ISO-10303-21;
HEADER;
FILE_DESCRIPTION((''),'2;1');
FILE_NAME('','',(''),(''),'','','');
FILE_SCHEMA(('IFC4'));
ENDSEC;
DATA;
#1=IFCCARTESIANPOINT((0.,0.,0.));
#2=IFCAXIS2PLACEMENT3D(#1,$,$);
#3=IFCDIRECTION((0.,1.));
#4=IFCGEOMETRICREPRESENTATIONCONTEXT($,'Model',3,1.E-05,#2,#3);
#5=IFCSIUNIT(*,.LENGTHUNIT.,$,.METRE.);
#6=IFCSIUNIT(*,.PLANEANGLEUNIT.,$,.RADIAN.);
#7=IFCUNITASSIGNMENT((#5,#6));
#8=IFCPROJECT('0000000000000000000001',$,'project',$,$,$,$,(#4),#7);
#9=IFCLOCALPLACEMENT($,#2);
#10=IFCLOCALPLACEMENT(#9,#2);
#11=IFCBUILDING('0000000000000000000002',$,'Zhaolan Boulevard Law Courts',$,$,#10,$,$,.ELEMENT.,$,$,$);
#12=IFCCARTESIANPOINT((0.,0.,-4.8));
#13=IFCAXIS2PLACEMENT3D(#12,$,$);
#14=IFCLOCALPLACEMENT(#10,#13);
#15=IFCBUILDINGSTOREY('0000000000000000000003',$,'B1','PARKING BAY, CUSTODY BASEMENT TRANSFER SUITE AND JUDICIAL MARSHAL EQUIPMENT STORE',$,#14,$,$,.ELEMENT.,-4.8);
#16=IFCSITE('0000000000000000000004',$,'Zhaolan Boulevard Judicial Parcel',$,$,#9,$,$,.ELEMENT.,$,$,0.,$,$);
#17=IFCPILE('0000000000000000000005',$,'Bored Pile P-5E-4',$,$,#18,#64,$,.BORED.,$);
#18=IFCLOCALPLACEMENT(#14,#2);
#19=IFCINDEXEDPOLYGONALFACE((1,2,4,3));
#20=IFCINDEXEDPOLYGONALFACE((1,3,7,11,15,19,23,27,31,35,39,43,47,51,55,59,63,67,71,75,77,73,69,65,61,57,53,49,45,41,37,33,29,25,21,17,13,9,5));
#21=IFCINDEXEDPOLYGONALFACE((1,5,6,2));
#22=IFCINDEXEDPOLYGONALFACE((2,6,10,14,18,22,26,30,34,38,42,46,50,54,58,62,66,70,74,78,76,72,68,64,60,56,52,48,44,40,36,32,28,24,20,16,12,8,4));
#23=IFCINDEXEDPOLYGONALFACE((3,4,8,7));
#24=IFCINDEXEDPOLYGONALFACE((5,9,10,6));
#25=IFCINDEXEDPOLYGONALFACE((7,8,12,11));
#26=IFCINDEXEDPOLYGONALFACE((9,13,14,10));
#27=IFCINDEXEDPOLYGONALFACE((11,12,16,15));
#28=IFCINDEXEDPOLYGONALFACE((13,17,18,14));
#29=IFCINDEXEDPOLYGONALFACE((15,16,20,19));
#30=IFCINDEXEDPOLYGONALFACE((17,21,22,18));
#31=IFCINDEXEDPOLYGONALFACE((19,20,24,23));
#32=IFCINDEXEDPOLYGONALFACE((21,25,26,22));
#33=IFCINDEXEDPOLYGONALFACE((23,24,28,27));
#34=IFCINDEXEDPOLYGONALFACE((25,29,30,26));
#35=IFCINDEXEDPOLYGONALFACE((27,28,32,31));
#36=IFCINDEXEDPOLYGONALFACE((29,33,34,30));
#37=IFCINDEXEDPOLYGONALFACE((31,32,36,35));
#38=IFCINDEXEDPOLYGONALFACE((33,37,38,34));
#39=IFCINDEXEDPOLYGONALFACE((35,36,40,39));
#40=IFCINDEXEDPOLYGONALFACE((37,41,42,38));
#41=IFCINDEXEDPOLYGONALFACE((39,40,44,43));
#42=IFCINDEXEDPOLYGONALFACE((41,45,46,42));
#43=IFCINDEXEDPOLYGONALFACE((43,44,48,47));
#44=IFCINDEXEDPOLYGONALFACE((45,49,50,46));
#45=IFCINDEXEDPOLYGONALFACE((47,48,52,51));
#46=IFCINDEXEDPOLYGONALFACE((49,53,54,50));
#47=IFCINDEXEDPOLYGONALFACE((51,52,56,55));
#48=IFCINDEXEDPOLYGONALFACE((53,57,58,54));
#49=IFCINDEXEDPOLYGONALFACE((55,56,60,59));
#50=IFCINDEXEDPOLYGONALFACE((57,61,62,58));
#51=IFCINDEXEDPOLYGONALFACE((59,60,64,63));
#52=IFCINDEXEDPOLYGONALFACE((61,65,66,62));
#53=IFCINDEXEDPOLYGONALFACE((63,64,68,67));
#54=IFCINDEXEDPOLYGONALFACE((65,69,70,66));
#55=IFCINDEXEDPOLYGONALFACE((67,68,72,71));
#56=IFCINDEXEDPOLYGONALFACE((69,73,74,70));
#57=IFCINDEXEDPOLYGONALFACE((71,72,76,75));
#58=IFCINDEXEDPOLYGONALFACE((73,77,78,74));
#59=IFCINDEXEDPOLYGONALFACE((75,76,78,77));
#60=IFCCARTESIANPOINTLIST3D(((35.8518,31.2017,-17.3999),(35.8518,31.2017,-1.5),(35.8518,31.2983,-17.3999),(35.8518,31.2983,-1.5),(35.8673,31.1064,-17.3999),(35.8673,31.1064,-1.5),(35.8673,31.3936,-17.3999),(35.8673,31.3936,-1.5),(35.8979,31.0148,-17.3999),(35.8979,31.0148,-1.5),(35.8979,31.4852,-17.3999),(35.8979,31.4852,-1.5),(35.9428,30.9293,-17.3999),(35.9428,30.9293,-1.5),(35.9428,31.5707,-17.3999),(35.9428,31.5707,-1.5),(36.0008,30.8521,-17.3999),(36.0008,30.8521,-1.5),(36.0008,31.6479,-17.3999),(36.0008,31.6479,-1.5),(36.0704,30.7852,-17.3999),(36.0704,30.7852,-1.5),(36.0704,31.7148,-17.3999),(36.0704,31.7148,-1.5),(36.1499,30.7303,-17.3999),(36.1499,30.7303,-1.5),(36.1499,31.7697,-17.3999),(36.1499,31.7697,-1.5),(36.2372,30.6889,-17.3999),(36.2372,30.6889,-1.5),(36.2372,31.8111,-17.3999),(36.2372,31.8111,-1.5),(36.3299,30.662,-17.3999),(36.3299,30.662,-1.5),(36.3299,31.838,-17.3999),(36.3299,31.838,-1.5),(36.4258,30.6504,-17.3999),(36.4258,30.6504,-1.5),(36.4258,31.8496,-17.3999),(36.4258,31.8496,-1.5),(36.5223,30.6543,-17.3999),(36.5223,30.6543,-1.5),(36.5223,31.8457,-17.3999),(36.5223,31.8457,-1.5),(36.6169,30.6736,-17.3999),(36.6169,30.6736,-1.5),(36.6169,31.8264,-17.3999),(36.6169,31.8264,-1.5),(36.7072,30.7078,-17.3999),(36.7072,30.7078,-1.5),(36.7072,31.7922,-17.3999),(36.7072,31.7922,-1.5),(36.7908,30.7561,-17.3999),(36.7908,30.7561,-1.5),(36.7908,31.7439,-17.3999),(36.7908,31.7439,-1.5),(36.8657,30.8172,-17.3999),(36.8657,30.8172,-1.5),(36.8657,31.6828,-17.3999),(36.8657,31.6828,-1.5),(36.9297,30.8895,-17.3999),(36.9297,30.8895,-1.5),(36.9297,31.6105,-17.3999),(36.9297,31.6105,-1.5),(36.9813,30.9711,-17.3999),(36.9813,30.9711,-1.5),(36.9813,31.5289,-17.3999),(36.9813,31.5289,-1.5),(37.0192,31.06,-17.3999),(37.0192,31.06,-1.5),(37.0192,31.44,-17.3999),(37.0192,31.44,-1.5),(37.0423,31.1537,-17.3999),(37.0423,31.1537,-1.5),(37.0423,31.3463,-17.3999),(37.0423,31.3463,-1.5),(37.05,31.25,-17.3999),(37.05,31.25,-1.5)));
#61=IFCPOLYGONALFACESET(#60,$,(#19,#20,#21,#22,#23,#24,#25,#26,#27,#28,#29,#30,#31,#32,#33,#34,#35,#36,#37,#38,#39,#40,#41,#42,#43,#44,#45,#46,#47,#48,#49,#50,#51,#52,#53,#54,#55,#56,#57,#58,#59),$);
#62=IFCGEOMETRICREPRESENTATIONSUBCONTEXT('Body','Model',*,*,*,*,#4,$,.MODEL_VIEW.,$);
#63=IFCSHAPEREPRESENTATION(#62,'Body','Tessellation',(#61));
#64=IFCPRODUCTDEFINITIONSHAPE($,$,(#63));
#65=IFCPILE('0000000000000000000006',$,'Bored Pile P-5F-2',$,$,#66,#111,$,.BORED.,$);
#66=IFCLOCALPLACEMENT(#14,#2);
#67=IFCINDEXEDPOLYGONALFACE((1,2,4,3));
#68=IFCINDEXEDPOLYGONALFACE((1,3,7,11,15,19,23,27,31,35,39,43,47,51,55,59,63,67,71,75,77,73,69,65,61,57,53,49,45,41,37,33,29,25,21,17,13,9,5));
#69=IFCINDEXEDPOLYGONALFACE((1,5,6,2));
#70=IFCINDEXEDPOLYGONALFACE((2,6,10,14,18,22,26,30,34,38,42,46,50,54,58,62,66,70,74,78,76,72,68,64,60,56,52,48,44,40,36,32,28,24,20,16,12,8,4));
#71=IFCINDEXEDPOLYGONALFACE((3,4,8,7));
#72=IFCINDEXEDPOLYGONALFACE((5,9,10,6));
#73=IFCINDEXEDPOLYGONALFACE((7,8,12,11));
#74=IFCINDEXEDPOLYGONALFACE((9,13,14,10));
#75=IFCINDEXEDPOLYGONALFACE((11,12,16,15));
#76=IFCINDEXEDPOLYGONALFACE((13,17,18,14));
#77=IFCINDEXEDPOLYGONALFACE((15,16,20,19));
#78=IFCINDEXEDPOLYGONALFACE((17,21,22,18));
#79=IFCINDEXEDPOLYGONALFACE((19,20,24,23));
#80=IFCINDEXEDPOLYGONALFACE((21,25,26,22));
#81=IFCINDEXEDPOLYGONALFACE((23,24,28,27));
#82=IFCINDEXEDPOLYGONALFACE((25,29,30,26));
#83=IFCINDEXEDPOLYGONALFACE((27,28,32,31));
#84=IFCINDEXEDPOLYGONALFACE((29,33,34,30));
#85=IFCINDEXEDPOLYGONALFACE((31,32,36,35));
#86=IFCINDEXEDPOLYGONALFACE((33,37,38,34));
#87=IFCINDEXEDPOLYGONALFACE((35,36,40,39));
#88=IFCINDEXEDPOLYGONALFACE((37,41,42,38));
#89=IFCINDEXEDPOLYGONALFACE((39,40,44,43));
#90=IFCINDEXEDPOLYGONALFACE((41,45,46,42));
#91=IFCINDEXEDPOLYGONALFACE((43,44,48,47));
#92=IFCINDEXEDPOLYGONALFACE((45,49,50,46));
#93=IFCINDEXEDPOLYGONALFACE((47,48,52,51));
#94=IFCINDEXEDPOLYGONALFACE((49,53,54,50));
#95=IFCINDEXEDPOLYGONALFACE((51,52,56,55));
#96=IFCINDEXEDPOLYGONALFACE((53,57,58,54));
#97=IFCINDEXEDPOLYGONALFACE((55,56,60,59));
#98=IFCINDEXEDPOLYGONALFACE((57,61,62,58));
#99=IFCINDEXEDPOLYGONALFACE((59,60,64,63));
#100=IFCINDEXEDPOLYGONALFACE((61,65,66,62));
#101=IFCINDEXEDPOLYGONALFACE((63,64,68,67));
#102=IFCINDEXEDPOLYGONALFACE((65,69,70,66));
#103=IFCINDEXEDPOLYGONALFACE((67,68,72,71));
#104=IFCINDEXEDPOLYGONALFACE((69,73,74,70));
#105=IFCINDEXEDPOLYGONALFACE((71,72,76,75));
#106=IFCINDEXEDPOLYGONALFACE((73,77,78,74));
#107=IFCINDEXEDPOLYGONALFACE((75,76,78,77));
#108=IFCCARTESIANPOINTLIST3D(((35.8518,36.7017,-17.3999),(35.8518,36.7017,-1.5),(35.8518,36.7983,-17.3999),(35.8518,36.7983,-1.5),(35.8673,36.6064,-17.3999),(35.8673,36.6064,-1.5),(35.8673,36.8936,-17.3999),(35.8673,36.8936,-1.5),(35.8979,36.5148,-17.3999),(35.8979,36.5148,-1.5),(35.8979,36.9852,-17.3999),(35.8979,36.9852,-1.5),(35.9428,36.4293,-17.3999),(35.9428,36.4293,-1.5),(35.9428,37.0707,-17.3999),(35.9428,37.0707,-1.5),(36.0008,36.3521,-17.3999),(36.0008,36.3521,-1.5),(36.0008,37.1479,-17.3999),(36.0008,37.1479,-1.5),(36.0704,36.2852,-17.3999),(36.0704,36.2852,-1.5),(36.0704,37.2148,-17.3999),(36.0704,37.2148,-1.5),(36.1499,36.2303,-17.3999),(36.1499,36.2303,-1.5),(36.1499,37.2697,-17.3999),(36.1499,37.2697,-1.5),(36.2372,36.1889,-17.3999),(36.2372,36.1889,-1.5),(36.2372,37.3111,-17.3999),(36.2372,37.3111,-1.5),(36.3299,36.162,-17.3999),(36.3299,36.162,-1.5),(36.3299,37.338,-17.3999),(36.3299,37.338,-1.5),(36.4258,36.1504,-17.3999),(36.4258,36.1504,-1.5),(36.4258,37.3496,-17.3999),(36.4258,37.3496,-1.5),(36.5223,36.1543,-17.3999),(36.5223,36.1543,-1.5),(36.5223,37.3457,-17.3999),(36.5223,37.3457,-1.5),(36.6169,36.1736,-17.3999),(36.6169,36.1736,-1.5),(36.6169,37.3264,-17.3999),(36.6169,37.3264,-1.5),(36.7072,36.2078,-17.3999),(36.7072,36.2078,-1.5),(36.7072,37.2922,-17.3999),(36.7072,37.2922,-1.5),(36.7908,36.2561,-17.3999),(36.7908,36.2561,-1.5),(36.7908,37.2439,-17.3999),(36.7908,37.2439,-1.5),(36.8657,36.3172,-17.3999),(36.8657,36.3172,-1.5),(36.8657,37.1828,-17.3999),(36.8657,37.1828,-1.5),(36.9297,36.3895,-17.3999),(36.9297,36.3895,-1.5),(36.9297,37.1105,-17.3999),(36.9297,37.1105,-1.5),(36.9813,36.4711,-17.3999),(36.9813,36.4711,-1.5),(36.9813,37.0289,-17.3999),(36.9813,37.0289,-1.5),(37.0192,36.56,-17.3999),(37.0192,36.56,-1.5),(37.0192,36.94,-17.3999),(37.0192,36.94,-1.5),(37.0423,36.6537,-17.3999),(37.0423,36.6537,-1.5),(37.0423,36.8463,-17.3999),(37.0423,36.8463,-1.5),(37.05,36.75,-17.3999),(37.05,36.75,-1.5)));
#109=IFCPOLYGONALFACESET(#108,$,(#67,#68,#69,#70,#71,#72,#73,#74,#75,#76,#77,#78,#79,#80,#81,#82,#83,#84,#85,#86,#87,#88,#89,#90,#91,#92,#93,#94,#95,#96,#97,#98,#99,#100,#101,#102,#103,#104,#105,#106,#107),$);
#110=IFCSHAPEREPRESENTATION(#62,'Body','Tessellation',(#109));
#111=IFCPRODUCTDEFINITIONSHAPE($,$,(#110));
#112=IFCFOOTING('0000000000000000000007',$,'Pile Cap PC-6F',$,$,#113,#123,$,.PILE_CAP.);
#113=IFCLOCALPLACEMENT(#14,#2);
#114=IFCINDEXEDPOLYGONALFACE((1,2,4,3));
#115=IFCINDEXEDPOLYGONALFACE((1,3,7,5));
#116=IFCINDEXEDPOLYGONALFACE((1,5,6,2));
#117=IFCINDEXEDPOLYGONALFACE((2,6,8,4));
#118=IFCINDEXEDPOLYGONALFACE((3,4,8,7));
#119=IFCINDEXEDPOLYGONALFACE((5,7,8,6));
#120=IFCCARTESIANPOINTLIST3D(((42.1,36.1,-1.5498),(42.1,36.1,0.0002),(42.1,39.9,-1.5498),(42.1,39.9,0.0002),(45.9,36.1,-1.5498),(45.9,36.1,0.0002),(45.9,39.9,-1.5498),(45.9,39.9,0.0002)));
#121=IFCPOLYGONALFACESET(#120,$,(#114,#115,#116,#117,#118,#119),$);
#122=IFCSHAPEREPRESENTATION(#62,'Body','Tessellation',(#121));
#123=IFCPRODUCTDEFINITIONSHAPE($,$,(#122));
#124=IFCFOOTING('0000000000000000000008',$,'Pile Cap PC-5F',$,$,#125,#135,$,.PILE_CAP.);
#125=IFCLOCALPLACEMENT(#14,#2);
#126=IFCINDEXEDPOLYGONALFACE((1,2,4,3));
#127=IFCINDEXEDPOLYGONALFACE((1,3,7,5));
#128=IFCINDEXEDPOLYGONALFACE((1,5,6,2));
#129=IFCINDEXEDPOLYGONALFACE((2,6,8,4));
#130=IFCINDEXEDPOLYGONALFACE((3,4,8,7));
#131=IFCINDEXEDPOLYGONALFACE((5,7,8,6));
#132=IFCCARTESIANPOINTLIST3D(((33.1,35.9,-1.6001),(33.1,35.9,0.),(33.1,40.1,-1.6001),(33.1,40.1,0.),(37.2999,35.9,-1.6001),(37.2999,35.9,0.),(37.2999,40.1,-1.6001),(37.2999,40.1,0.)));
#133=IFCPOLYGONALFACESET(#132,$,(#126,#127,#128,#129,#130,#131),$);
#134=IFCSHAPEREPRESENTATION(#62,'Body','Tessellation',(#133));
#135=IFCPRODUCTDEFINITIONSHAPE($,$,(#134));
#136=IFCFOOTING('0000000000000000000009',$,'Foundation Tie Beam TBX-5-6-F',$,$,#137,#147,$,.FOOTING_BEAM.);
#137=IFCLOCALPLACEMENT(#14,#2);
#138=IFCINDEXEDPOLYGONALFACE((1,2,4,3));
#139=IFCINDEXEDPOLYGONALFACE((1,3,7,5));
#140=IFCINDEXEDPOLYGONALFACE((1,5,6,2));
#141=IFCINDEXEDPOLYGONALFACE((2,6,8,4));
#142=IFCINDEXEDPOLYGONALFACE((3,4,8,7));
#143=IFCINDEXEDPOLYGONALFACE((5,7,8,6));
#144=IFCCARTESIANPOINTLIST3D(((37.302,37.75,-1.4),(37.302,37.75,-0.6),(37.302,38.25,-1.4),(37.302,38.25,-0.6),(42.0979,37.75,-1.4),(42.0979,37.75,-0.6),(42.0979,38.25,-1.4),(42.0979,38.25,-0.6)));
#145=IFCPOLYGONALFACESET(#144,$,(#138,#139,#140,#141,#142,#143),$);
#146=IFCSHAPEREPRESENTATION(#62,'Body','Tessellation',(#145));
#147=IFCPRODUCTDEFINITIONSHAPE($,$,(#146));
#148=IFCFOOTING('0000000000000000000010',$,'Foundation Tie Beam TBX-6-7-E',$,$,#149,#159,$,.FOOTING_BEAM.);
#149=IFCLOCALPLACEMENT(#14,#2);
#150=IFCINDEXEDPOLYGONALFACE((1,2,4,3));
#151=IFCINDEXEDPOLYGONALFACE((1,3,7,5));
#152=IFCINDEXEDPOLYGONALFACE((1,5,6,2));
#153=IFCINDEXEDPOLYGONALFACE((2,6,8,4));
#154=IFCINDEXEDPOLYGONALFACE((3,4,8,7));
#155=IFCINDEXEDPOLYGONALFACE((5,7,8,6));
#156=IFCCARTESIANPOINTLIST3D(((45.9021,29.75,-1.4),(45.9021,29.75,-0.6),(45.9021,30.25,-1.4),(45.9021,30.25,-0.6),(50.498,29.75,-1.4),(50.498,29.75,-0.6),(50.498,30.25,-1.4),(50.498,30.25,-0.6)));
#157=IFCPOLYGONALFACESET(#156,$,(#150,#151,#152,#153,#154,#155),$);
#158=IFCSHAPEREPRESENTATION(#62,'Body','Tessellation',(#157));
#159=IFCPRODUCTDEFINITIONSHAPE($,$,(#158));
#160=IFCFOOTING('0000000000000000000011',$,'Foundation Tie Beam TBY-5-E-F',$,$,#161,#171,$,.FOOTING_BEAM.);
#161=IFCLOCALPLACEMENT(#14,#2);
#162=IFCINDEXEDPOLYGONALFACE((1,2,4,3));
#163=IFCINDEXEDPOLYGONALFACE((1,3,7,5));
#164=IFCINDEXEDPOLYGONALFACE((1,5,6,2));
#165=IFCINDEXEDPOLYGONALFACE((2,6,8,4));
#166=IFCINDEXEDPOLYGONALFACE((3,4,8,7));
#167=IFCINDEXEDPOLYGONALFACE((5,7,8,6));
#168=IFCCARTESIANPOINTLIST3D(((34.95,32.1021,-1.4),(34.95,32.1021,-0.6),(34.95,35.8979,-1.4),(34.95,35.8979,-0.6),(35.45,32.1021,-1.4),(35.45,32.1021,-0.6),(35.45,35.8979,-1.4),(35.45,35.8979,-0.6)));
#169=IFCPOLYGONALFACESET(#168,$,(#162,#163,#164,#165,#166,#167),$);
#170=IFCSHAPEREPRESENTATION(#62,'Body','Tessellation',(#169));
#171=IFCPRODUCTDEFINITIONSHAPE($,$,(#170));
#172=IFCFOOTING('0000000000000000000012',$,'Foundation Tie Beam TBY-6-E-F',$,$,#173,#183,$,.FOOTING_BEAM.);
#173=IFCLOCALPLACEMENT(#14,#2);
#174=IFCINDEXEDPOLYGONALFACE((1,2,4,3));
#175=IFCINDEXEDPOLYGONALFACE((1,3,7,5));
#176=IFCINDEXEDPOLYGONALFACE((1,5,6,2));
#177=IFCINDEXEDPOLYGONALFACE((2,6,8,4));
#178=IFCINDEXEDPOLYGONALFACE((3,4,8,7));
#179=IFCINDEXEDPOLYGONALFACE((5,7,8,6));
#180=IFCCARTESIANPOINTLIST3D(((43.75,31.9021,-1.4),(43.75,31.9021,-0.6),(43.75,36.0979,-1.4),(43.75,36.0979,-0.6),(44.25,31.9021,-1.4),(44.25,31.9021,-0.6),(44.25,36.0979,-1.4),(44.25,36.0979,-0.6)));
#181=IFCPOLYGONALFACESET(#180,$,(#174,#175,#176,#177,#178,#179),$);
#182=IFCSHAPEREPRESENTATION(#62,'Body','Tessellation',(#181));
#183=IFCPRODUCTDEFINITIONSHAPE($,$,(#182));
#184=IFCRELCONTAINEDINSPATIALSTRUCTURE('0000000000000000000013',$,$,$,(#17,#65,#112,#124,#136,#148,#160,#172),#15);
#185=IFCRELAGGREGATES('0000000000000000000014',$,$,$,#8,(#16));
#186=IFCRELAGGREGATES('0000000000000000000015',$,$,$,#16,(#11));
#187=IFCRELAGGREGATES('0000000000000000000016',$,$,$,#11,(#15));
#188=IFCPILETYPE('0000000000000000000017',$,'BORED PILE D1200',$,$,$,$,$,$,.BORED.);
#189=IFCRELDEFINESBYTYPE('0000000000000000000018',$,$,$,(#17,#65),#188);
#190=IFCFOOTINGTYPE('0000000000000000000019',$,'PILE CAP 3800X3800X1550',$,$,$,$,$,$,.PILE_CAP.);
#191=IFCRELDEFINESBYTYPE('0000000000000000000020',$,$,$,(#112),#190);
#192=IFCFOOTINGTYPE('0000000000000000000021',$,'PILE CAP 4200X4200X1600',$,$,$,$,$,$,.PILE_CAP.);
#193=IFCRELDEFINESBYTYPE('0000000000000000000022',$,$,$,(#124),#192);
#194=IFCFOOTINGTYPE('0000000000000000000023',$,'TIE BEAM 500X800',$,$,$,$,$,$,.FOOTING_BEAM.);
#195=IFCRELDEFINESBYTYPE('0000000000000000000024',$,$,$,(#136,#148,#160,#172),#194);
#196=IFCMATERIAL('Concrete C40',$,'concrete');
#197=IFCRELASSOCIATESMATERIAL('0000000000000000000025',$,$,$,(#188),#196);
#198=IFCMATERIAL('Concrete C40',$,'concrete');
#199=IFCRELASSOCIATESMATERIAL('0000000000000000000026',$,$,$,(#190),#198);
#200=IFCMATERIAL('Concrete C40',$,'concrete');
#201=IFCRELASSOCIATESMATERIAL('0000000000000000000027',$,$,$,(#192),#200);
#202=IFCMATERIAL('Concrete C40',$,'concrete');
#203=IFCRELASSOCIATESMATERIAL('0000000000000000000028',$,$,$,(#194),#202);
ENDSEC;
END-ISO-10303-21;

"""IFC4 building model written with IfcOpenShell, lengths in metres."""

from ifc_helpers import new_model, si_unit, direction, frame, origin, origin_2d, place, context, subcontext, project, spatial, rectangle, circle, extrude, material, material_profile, profile_set, type_object, element, save


model = new_model("IFC4")

# Units and contexts
model_context = context("Model", 3, precision=1e-05, world=origin(), true_north=direction((0.0, 1.0)))
body_context = subcontext(model_context, "Body", "Model", "MODEL_VIEW")
ifc_project = project(units=[si_unit("LENGTHUNIT", "METRE"), si_unit("PLANEANGLEUNIT", "RADIAN")], contexts=[model_context])

# Site, building, storey
site_placement = place(None, origin())
site = spatial("IfcSite", under=ifc_project, at=site_placement, Name="Zhaolan Boulevard Judicial Parcel", CompositionType="ELEMENT", RefElevation=0.0)
building_placement = place(site_placement, origin())
building = spatial("IfcBuilding", under=site, at=building_placement, Name="Zhaolan Boulevard Law Courts", CompositionType="ELEMENT")
storey_placement = place(building_placement, frame((0.0, 0.0, -4.8)))
storey = spatial("IfcBuildingStorey", under=building, at=storey_placement, Name="B1", Description="PARKING BAY, CUSTODY BASEMENT TRANSFER SUITE AND JUDICIAL MARSHAL EQUIPMENT STORE", CompositionType="ELEMENT", Elevation=-4.8)

# Piles
ifc_material_1 = material(Name="Concrete C40", Category="concrete")
ifc_material_profile_1 = material_profile(ifc_material_1, circle(Radius=0.6001, at=origin_2d()), Name="PILE-D1200")
ifc_profile_set_1 = profile_set([ifc_material_profile_1], Name="Concrete C40")
pile_type_1 = type_object("IfcPileType", Name="BORED PILE D1200", PredefinedType="BORED", material=ifc_profile_set_1)
for number, where, z_axis, x_axis, name in (
    (1, (36.45, 31.25, -1.5), (0.0, 0.0, -1.0), (1.0, 0.0, 0.0), "Bored Pile P-5E-4"),
    (2, (36.45, 36.75, -1.5), (0.0, 0.0, -1.0), (1.0, 0.0, 0.0), "Bored Pile P-5F-2"),
):
    element("IfcPile", number, at=place(storey_placement, frame(where, z_axis=z_axis, x_axis=x_axis)), inside=storey, type_object=pile_type_1, Name=name, PredefinedType="BORED", context=body_context, shape_type="SweptSolid", body=[
        extrude(circle(Radius=0.6001, at=origin_2d()), origin(), (0.0, 0.0, 1.0), 15.8999),
    ])

# Footings
ifc_material_2 = material(Name="Concrete C40", Category="concrete")
footing_type_1 = type_object("IfcFootingType", Name="PILE CAP 3800X3800X1550", PredefinedType="PILE_CAP", material=ifc_material_2)
footing_1_placement = place(storey_placement, frame((44.0, 38.0, -1.5498), z_axis=(0.0, 0.0, 1.0), x_axis=(1.0, 0.0, 0.0)))
element("IfcFooting", 3, at=footing_1_placement, inside=storey, type_object=footing_type_1, Name="Pile Cap PC-6F", PredefinedType="PILE_CAP", context=body_context, shape_type="SweptSolid", body=[
    extrude(rectangle(XDim=3.8, YDim=3.8, at=origin_2d()), origin(), (0.0, 0.0, 1.0), 1.55),
])
ifc_material_3 = material(Name="Concrete C40", Category="concrete")
footing_type_2 = type_object("IfcFootingType", Name="PILE CAP 4200X4200X1600", PredefinedType="PILE_CAP", material=ifc_material_3)
footing_2_placement = place(storey_placement, frame((35.2, 38.0, -1.6001), z_axis=(0.0, 0.0, 1.0), x_axis=(1.0, 0.0, 0.0)))
element("IfcFooting", 4, at=footing_2_placement, inside=storey, type_object=footing_type_2, Name="Pile Cap PC-5F", PredefinedType="PILE_CAP", context=body_context, shape_type="SweptSolid", body=[
    extrude(rectangle(XDim=4.2, YDim=4.2, at=origin_2d()), origin(), (0.0, 0.0, 1.0), 1.6001),
])
ifc_material_4 = material(Name="Concrete C40", Category="concrete")
ifc_material_profile_2 = material_profile(ifc_material_4, rectangle(XDim=0.5, YDim=0.8, at=origin_2d()), Name="RC500x800")
ifc_profile_set_2 = profile_set([ifc_material_profile_2], Name="Concrete C40")
footing_type_3 = type_object("IfcFootingType", Name="TIE BEAM 500X800", PredefinedType="FOOTING_BEAM", material=ifc_profile_set_2)
footing_3_placement = place(storey_placement, frame((37.302, 38.0, -1.0), z_axis=(1.0, 0.0, 0.0), x_axis=(0.0, 1.0, 0.0)))
element("IfcFooting", 5, at=footing_3_placement, inside=storey, type_object=footing_type_3, Name="Foundation Tie Beam TBX-5-6-F", PredefinedType="FOOTING_BEAM", context=body_context, shape_type="SweptSolid", body=[
    extrude(rectangle(XDim=0.5, YDim=0.8, at=origin_2d()), origin(), (0.0, 0.0, 1.0), 4.7959),
])
footing_4_placement = place(storey_placement, frame((45.9021, 30.0, -1.0), z_axis=(1.0, 0.0, 0.0), x_axis=(0.0, 1.0, 0.0)))
element("IfcFooting", 6, at=footing_4_placement, inside=storey, type_object=footing_type_3, Name="Foundation Tie Beam TBX-6-7-E", PredefinedType="FOOTING_BEAM", context=body_context, shape_type="SweptSolid", body=[
    extrude(rectangle(XDim=0.5, YDim=0.8, at=origin_2d()), origin(), (0.0, 0.0, 1.0), 4.5959),
])
footing_5_placement = place(storey_placement, frame((35.2, 32.1021, -1.0), z_axis=(0.0, 1.0, 0.0), x_axis=(-1.0, 0.0, 0.0)))
element("IfcFooting", 7, at=footing_5_placement, inside=storey, type_object=footing_type_3, Name="Foundation Tie Beam TBY-5-E-F", PredefinedType="FOOTING_BEAM", context=body_context, shape_type="SweptSolid", body=[
    extrude(rectangle(XDim=0.5, YDim=0.8, at=origin_2d()), origin(), (0.0, 0.0, 1.0), 3.7959),
])
footing_6_placement = place(storey_placement, frame((44.0, 31.9021, -1.0), z_axis=(0.0, 1.0, 0.0), x_axis=(-1.0, 0.0, 0.0)))
element("IfcFooting", 8, at=footing_6_placement, inside=storey, type_object=footing_type_3, Name="Foundation Tie Beam TBY-6-E-F", PredefinedType="FOOTING_BEAM", context=body_context, shape_type="SweptSolid", body=[
    extrude(rectangle(XDim=0.5, YDim=0.8, at=origin_2d()), origin(), (0.0, 0.0, 1.0), 4.1958),
])

save(model, "model.ifc")
